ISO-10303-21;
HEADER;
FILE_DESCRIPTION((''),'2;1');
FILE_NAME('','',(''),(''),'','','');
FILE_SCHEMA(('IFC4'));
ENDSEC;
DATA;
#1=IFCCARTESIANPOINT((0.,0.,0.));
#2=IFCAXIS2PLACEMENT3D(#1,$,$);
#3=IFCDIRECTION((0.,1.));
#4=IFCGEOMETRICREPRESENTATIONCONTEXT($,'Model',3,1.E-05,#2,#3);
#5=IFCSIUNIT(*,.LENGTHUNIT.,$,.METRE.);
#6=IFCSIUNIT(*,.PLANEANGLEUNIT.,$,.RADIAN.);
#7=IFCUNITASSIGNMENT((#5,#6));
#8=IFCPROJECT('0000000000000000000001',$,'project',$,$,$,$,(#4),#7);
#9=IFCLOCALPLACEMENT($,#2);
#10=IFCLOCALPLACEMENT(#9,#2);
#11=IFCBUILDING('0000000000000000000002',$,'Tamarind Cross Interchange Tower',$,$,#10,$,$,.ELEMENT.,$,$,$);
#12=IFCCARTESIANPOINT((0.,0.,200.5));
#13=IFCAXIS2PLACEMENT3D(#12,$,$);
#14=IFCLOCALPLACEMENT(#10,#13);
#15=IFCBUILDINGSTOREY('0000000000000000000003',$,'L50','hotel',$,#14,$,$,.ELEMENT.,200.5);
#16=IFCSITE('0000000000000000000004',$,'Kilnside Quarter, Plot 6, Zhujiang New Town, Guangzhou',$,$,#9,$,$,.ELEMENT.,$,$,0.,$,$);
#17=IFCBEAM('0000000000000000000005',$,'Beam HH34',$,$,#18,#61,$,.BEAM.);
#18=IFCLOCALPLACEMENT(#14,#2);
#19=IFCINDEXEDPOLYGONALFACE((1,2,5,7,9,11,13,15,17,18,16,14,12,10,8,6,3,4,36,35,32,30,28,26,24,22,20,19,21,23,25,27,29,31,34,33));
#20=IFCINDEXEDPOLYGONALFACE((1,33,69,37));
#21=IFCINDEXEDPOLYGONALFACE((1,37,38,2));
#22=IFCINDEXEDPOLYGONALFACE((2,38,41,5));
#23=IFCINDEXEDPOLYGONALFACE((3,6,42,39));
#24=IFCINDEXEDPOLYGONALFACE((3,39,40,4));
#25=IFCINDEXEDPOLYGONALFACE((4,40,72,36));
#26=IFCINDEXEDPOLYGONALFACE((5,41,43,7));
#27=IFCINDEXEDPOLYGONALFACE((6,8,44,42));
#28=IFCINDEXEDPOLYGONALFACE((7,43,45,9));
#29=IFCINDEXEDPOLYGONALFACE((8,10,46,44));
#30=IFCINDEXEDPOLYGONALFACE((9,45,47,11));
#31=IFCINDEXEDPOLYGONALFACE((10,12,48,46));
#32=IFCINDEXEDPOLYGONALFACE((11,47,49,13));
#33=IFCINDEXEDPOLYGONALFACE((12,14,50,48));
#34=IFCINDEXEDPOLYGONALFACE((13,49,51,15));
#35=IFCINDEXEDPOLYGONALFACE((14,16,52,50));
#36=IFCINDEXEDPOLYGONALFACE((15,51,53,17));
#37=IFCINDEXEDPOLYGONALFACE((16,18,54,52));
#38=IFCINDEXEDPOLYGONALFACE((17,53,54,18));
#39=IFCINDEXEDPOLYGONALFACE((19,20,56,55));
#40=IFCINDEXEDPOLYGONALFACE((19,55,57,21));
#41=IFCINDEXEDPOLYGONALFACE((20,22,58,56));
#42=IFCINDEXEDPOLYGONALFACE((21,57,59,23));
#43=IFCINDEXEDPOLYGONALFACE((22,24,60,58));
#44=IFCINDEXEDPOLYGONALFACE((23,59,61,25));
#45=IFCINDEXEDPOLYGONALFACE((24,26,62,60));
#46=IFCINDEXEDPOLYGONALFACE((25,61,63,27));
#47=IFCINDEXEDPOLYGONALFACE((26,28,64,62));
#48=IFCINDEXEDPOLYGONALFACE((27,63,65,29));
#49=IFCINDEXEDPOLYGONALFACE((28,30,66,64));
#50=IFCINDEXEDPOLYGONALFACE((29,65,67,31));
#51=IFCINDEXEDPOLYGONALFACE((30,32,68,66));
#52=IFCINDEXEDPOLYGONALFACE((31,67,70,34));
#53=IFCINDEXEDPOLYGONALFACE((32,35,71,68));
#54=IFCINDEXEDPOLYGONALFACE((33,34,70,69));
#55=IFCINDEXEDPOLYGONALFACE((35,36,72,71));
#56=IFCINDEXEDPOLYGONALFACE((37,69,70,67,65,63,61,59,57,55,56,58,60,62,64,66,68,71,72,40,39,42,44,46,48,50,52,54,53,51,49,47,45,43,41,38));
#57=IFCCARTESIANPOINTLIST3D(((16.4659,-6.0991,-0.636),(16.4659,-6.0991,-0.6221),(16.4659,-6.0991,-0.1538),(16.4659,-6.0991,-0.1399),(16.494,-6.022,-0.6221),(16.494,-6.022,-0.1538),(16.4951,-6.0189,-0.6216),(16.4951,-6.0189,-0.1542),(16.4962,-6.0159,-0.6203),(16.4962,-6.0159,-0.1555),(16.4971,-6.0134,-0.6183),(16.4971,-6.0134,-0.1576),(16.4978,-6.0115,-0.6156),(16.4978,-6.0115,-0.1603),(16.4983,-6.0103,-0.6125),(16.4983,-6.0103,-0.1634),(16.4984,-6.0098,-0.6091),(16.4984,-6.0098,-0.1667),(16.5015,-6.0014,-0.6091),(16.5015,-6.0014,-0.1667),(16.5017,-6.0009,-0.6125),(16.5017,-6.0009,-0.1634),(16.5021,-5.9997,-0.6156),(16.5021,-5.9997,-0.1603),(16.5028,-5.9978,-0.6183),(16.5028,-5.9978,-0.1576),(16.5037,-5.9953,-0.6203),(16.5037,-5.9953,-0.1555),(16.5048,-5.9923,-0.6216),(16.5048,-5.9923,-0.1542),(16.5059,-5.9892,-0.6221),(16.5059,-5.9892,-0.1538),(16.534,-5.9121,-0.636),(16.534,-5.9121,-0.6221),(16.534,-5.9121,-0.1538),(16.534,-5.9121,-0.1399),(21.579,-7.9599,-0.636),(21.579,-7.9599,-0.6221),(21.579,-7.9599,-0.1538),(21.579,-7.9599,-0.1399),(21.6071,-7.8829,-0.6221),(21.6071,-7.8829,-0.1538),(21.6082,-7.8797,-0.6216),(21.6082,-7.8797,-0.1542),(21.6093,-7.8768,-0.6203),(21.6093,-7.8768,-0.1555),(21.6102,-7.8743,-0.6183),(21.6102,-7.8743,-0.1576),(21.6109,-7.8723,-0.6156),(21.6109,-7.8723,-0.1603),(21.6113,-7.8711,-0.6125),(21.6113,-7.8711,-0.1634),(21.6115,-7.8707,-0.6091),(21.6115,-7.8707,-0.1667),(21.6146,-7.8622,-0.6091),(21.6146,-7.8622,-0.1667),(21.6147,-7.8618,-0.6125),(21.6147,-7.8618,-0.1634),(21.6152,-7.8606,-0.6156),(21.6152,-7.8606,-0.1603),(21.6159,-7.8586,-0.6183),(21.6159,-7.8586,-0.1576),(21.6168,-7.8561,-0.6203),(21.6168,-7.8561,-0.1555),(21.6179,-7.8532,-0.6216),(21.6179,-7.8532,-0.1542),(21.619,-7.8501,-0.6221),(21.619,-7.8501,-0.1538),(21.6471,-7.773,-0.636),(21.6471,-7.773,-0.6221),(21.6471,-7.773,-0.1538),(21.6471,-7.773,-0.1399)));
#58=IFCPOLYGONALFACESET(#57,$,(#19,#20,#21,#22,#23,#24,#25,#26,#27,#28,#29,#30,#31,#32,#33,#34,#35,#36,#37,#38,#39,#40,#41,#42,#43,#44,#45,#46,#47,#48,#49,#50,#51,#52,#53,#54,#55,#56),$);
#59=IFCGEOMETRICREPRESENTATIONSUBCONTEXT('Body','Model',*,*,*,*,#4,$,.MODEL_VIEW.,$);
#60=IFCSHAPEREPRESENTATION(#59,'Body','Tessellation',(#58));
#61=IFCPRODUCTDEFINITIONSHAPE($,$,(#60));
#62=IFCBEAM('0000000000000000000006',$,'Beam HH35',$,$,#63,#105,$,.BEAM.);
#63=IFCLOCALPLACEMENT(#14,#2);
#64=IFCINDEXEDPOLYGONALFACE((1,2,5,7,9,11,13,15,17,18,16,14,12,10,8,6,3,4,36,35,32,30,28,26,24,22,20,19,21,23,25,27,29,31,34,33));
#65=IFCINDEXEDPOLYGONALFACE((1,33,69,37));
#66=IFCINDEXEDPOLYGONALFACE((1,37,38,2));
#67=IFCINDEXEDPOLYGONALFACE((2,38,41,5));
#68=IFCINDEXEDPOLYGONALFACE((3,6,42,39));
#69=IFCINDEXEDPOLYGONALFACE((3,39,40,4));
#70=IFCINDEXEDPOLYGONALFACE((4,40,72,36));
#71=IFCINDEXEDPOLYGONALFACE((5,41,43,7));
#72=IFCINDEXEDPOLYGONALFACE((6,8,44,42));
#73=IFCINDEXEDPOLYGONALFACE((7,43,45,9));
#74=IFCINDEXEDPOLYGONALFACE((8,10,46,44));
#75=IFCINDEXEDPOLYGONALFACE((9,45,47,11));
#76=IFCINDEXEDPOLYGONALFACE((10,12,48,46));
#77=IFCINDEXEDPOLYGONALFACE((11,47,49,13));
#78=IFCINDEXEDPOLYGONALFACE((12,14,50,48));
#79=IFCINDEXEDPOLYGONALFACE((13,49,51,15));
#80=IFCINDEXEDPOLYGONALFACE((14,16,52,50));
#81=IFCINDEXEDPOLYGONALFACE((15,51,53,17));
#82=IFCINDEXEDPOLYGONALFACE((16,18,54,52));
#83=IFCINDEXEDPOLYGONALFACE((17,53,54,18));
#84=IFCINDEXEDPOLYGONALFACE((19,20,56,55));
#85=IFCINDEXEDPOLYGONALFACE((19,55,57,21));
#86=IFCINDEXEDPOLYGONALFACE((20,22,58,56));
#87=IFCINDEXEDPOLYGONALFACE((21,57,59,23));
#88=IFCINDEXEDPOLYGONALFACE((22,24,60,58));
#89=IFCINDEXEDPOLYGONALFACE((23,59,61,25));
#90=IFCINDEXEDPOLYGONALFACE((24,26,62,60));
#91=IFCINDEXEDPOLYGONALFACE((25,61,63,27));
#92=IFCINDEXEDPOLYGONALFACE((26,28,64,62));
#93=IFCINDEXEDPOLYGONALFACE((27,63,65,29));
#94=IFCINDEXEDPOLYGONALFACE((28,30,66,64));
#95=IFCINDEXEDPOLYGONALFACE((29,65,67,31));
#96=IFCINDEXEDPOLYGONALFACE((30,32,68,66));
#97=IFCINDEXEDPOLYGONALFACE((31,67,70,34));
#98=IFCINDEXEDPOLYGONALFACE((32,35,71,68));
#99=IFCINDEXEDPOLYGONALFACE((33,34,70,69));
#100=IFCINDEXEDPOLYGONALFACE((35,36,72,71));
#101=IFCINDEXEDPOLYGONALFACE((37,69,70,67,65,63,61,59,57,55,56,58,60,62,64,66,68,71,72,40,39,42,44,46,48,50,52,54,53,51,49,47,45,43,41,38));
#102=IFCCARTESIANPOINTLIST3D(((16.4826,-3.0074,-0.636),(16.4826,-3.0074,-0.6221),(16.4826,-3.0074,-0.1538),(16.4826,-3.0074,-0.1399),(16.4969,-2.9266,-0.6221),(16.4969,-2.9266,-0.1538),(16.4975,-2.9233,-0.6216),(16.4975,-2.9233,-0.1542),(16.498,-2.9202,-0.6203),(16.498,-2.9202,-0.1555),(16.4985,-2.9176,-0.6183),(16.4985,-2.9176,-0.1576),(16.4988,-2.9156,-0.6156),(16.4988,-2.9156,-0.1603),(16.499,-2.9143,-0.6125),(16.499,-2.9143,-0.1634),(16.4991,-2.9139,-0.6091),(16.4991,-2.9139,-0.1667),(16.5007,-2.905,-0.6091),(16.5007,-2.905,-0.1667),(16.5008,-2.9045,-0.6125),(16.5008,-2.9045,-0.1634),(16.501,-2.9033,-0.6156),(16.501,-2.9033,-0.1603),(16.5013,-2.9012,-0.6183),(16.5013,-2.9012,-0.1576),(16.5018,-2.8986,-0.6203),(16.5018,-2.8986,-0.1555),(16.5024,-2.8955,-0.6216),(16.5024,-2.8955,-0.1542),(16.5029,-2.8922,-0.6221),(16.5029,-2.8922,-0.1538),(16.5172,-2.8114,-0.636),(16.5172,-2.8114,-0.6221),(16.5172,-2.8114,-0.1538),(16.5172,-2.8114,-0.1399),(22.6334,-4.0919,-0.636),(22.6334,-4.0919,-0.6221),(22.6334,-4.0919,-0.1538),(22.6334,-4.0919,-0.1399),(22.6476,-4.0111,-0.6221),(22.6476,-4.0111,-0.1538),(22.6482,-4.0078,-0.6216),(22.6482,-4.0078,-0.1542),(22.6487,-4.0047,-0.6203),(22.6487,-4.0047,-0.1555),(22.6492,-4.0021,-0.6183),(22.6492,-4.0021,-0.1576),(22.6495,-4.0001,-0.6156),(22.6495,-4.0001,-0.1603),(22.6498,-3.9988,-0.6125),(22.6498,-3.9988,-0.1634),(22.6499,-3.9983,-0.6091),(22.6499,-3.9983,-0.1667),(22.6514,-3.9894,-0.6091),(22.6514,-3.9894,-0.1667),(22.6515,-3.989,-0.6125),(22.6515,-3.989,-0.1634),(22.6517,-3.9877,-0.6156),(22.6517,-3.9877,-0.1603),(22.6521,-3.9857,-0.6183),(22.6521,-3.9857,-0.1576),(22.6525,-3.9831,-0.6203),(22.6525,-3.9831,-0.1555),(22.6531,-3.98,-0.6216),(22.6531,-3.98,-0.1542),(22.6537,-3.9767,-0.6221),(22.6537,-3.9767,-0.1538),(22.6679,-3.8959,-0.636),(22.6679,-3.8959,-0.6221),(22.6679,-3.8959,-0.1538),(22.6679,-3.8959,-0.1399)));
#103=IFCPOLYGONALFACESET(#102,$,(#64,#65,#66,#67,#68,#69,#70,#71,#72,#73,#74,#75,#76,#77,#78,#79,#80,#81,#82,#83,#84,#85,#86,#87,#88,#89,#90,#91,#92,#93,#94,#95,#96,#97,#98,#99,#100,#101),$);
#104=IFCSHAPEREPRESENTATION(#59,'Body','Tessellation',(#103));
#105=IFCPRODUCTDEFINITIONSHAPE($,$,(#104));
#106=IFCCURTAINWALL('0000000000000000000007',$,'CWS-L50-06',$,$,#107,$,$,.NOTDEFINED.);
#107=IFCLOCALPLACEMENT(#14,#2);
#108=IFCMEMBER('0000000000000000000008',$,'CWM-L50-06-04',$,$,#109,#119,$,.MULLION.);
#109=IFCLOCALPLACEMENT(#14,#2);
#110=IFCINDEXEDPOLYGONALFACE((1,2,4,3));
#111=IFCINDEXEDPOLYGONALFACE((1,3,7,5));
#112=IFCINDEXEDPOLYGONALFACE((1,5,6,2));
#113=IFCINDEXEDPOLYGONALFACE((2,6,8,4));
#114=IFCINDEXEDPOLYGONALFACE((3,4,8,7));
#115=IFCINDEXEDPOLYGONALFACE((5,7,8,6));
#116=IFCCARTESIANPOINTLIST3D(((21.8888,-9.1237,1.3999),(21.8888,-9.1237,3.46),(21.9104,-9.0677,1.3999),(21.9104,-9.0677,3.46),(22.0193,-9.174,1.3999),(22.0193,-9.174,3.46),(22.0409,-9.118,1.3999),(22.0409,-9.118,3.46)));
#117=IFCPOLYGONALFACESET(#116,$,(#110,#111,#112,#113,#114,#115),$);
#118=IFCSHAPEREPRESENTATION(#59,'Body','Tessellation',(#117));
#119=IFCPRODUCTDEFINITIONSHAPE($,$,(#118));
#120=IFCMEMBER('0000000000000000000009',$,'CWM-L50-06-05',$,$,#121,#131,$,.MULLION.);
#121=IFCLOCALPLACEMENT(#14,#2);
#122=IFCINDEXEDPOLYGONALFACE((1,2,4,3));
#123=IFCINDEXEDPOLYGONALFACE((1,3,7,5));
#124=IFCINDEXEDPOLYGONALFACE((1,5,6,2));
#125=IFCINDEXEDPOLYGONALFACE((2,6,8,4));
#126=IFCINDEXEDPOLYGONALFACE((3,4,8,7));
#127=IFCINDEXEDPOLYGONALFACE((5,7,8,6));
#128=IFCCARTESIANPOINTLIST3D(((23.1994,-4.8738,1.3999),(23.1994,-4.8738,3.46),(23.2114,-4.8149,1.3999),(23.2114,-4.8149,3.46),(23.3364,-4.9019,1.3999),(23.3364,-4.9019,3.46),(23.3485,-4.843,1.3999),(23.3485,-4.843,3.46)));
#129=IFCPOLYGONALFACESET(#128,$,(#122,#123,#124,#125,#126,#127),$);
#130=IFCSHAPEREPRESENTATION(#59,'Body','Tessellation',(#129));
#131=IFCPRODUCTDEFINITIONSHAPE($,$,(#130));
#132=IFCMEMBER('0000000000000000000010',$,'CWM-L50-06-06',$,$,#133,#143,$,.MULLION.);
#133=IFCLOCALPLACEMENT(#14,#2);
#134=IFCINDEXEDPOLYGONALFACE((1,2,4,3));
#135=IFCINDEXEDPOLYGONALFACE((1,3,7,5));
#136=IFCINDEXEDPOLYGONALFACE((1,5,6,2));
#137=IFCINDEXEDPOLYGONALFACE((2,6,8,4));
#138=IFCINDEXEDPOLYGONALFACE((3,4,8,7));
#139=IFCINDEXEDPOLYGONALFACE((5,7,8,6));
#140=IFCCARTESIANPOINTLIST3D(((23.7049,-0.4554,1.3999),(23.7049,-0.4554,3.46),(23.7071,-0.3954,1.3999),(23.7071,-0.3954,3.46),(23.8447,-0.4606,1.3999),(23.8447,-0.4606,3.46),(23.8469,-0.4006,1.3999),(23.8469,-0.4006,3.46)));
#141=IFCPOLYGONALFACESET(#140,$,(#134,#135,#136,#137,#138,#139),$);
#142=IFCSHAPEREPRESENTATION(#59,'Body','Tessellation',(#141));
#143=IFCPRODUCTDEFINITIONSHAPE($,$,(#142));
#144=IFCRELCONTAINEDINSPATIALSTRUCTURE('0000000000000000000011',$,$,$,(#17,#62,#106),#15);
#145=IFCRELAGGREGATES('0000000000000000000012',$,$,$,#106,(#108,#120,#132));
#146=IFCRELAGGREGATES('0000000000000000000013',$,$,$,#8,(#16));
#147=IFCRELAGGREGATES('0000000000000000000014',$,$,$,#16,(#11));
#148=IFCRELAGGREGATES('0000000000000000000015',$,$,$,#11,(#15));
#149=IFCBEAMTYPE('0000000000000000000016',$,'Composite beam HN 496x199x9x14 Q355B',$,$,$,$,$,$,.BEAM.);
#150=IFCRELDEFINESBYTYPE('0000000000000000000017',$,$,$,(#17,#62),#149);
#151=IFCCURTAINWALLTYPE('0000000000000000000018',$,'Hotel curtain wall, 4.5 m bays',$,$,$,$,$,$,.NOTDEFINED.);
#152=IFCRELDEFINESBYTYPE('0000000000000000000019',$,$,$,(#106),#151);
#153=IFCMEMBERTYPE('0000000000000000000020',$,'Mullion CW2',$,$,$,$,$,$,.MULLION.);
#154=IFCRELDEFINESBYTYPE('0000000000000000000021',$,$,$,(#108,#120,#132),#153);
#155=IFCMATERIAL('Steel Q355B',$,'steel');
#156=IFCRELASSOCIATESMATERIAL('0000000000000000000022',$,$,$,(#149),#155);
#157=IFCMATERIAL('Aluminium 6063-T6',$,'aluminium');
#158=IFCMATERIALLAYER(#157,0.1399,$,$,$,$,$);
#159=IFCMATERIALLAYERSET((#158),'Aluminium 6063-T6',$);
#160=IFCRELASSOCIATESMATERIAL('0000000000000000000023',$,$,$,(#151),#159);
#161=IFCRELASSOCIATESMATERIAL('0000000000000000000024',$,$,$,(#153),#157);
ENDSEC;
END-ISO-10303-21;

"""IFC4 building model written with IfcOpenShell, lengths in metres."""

from ifc_helpers import new_model, si_unit, direction, frame, origin, origin_2d, place, context, subcontext, project, spatial, rectangle, i_section, extrude, material, layer, layer_set, material_profile, profile_set, type_object, element, aggregate, save


model = new_model("IFC4")

# Units and contexts
model_context = context("Model", 3, precision=1e-05, world=origin(), true_north=direction((0.0, 1.0)))
body_context = subcontext(model_context, "Body", "Model", "MODEL_VIEW")
ifc_project = project(units=[si_unit("LENGTHUNIT", "METRE"), si_unit("PLANEANGLEUNIT", "RADIAN")], contexts=[model_context])

# Site, building, storey
site_placement = place(None, origin())
site = spatial("IfcSite", under=ifc_project, at=site_placement, Name="Kilnside Quarter, Plot 6, Zhujiang New Town, Guangzhou", CompositionType="ELEMENT", RefElevation=0.0)
building_placement = place(site_placement, origin())
building = spatial("IfcBuilding", under=site, at=building_placement, Name="Tamarind Cross Interchange Tower", CompositionType="ELEMENT")
storey_placement = place(building_placement, frame((0.0, 0.0, 200.5)))
storey = spatial("IfcBuildingStorey", under=building, at=storey_placement, Name="L50", Description="hotel", CompositionType="ELEMENT", Elevation=200.5)

# Beams
ifc_material_1 = material(Name="Steel Q355B", Category="steel")
ifc_material_profile_1 = material_profile(ifc_material_1, i_section(OverallWidth=0.199, OverallDepth=0.4961, WebThickness=0.009, FlangeThickness=0.0139, FilletRadius=0.0129, at=origin_2d()), Name="HN 496x199x9x14")
ifc_profile_set_1 = profile_set([ifc_material_profile_1], Name="Steel Q355B")
beam_type = type_object("IfcBeamType", Name="Composite beam HN 496x199x9x14 Q355B", PredefinedType="BEAM", material=ifc_profile_set_1)
beam_1_placement = place(storey_placement, frame((21.613, -7.8665, -0.3879), z_axis=(-0.939702, 0.341995, 0.0), x_axis=(-0.341995, -0.939702, 0.0)))
element("IfcBeam", 1, at=beam_1_placement, inside=storey, type_object=beam_type, Name="Beam HH34", PredefinedType="BEAM", context=body_context, shape_type="SweptSolid", body=[
    extrude(i_section(OverallWidth=0.199, OverallDepth=0.4961, WebThickness=0.009, FlangeThickness=0.0139, FilletRadius=0.0129, at=origin_2d()), origin(), (0.0, 0.0, 1.0), 5.4412),
])
beam_2_placement = place(storey_placement, frame((22.6506, -3.9939, -0.3879), z_axis=(-0.984809, 0.17364, 0.0), x_axis=(-0.17364, -0.984809, 0.0)))
element("IfcBeam", 2, at=beam_2_placement, inside=storey, type_object=beam_type, Name="Beam HH35", PredefinedType="BEAM", context=body_context, shape_type="SweptSolid", body=[
    extrude(i_section(OverallWidth=0.199, OverallDepth=0.4961, WebThickness=0.009, FlangeThickness=0.0139, FilletRadius=0.0129, at=origin_2d()), origin(), (0.0, 0.0, 1.0), 6.2456),
])

# Curtain wall, members
ifc_material_2 = material(Name="Aluminium 6063-T6", Category="aluminium")
ifc_layer_1 = layer(ifc_material_2, 0.1399)
ifc_layer_set_1 = layer_set([ifc_layer_1], Name="Aluminium 6063-T6")
curtain_wall_type = type_object("IfcCurtainWallType", Name="Hotel curtain wall, 4.5 m bays", PredefinedType="NOTDEFINED", material=ifc_layer_set_1)
curtain_wall_placement = place(storey_placement, origin())
curtain_wall = element("IfcCurtainWall", 3, at=curtain_wall_placement, inside=storey, type_object=curtain_wall_type, Name="CWS-L50-06", PredefinedType="NOTDEFINED")
ifc_material_profile_2 = material_profile(ifc_material_2, rectangle(XDim=0.0601, YDim=0.1399, at=origin_2d()), Name="Mullion CW2")
ifc_profile_set_2 = profile_set([ifc_material_profile_2], Name="Aluminium 6063-T6")
member_type = type_object("IfcMemberType", Name="Mullion CW2", PredefinedType="MULLION", material=ifc_profile_set_2)
member_1_placement = place(storey_placement, frame((21.9648, -9.1208, 1.3999), z_axis=(0.0, 0.0, 1.0), x_axis=(0.359495, 0.933147, 0.0)))
member_1 = element("IfcMember", 4, at=member_1_placement, type_object=member_type, Name="CWM-L50-06-04", PredefinedType="MULLION", context=body_context, shape_type="SweptSolid", body=[
    extrude(rectangle(XDim=0.0601, YDim=0.1399, at=origin_2d()), origin(), (0.0, 0.0, 1.0), 2.0601),
])
member_2_placement = place(storey_placement, frame((23.2739, -4.8584, 1.3999), z_axis=(0.0, 0.0, 1.0), x_axis=(0.201001, 0.979591, 0.0)))
member_2 = element("IfcMember", 5, at=member_2_placement, type_object=member_type, Name="CWM-L50-06-05", PredefinedType="MULLION", context=body_context, shape_type="SweptSolid", body=[
    extrude(rectangle(XDim=0.0601, YDim=0.1399, at=origin_2d()), origin(), (0.0, 0.0, 1.0), 2.0601),
])
member_3_placement = place(storey_placement, frame((23.7759, -0.428, 1.3999), z_axis=(0.0, 0.0, 1.0), x_axis=(0.037025, 0.999314, 0.0)))
member_3 = element("IfcMember", 6, at=member_3_placement, type_object=member_type, Name="CWM-L50-06-06", PredefinedType="MULLION", context=body_context, shape_type="SweptSolid", body=[
    extrude(rectangle(XDim=0.0601, YDim=0.1399, at=origin_2d()), origin(), (0.0, 0.0, 1.0), 2.0601),
])
aggregate(curtain_wall, [member_1, member_2, member_3])

save(model, "model.ifc")
